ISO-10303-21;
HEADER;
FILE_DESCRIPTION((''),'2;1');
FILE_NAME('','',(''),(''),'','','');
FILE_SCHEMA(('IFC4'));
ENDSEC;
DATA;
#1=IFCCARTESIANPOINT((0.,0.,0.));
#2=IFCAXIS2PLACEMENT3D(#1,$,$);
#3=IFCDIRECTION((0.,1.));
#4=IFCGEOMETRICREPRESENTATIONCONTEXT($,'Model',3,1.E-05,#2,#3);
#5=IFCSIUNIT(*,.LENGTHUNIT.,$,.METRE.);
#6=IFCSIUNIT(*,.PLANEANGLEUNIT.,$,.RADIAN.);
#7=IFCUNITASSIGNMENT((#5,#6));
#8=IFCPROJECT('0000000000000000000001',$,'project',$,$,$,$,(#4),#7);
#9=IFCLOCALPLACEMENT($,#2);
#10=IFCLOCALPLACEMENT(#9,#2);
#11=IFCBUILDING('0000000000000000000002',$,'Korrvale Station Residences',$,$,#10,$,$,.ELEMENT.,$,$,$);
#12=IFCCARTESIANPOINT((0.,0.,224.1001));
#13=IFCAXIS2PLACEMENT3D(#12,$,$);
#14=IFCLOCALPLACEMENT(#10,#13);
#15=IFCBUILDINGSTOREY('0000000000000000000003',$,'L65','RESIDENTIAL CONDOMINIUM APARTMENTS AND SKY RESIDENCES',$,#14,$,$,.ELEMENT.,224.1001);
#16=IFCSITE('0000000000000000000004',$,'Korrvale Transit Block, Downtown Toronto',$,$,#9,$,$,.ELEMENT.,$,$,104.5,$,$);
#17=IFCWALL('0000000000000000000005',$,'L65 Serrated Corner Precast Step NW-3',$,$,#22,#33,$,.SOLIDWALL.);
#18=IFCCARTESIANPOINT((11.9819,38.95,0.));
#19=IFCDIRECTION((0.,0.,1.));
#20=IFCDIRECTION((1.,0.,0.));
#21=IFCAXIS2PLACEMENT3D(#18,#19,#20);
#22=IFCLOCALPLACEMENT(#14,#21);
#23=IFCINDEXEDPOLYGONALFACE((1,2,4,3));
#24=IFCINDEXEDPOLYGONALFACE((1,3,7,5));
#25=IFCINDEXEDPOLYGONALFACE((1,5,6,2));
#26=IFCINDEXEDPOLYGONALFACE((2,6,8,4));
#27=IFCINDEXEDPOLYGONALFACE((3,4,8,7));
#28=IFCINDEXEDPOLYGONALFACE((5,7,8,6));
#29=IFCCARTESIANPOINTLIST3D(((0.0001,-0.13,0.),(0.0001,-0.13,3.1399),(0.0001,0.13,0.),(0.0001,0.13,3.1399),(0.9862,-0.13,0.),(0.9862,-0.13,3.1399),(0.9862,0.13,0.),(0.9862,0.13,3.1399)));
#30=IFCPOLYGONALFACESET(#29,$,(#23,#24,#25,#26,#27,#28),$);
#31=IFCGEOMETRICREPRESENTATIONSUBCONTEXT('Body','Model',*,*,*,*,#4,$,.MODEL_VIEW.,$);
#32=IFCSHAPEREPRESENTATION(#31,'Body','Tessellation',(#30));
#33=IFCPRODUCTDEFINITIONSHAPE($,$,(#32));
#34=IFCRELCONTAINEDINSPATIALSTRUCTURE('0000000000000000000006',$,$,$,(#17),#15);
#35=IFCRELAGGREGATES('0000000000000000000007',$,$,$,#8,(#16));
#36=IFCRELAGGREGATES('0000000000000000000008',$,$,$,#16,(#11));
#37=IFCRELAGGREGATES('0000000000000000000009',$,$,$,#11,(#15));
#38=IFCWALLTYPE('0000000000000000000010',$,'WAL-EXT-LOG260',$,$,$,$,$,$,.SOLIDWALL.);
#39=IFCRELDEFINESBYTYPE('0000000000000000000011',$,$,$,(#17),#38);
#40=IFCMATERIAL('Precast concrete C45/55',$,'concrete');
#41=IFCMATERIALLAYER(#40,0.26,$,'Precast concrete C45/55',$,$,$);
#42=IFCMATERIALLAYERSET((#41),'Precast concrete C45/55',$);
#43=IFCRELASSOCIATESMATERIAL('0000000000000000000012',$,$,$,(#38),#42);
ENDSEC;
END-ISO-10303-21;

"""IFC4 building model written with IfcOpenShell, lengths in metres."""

from ifc_helpers import new_model, si_unit, direction, frame, frame_2d, origin, place, context, subcontext, project, spatial, rectangle, extrude, material, layer, layer_set, type_object, element, save


model = new_model("IFC4")

# Units and contexts
model_context = context("Model", 3, precision=1e-05, world=origin(), true_north=direction((0.0, 1.0)))
body_context = subcontext(model_context, "Body", "Model", "MODEL_VIEW")
ifc_project = project(units=[si_unit("LENGTHUNIT", "METRE"), si_unit("PLANEANGLEUNIT", "RADIAN")], contexts=[model_context])

# Site, building, storey
site_placement = place(None, origin())
site = spatial("IfcSite", under=ifc_project, at=site_placement, Name="Korrvale Transit Block, Downtown Toronto", CompositionType="ELEMENT", RefElevation=104.5)
building_placement = place(site_placement, origin())
building = spatial("IfcBuilding", under=site, at=building_placement, Name="Korrvale Station Residences", CompositionType="ELEMENT")
storey_placement = place(building_placement, frame((0.0, 0.0, 224.1001)))
storey = spatial("IfcBuildingStorey", under=building, at=storey_placement, Name="L65", Description="RESIDENTIAL CONDOMINIUM APARTMENTS AND SKY RESIDENCES", CompositionType="ELEMENT", Elevation=224.1001)

# Wall
ifc_material_1 = material(Name="Precast concrete C45/55", Category="concrete")
ifc_layer_1 = layer(ifc_material_1, 0.26, Name="Precast concrete C45/55")
ifc_layer_set_1 = layer_set([ifc_layer_1], Name="Precast concrete C45/55")
wall_type_1 = type_object("IfcWallType", Name="WAL-EXT-LOG260", PredefinedType="SOLIDWALL", material=ifc_layer_set_1)
wall_1_placement = place(storey_placement, frame((11.9819, 38.95, 0.0), z_axis=(0.0, 0.0, 1.0), x_axis=(1.0, 0.0, 0.0)))
element("IfcWall", 1, at=wall_1_placement, inside=storey, type_object=wall_type_1, Name="L65 Serrated Corner Precast Step NW-3", PredefinedType="SOLIDWALL", context=body_context, shape_type="SweptSolid", body=[
    extrude(rectangle(XDim=0.9861, YDim=0.26, at=frame_2d((0.4932, 0.0))), origin(), (0.0, 0.0, 1.0), 3.1399),
])

save(model, "model.ifc")
